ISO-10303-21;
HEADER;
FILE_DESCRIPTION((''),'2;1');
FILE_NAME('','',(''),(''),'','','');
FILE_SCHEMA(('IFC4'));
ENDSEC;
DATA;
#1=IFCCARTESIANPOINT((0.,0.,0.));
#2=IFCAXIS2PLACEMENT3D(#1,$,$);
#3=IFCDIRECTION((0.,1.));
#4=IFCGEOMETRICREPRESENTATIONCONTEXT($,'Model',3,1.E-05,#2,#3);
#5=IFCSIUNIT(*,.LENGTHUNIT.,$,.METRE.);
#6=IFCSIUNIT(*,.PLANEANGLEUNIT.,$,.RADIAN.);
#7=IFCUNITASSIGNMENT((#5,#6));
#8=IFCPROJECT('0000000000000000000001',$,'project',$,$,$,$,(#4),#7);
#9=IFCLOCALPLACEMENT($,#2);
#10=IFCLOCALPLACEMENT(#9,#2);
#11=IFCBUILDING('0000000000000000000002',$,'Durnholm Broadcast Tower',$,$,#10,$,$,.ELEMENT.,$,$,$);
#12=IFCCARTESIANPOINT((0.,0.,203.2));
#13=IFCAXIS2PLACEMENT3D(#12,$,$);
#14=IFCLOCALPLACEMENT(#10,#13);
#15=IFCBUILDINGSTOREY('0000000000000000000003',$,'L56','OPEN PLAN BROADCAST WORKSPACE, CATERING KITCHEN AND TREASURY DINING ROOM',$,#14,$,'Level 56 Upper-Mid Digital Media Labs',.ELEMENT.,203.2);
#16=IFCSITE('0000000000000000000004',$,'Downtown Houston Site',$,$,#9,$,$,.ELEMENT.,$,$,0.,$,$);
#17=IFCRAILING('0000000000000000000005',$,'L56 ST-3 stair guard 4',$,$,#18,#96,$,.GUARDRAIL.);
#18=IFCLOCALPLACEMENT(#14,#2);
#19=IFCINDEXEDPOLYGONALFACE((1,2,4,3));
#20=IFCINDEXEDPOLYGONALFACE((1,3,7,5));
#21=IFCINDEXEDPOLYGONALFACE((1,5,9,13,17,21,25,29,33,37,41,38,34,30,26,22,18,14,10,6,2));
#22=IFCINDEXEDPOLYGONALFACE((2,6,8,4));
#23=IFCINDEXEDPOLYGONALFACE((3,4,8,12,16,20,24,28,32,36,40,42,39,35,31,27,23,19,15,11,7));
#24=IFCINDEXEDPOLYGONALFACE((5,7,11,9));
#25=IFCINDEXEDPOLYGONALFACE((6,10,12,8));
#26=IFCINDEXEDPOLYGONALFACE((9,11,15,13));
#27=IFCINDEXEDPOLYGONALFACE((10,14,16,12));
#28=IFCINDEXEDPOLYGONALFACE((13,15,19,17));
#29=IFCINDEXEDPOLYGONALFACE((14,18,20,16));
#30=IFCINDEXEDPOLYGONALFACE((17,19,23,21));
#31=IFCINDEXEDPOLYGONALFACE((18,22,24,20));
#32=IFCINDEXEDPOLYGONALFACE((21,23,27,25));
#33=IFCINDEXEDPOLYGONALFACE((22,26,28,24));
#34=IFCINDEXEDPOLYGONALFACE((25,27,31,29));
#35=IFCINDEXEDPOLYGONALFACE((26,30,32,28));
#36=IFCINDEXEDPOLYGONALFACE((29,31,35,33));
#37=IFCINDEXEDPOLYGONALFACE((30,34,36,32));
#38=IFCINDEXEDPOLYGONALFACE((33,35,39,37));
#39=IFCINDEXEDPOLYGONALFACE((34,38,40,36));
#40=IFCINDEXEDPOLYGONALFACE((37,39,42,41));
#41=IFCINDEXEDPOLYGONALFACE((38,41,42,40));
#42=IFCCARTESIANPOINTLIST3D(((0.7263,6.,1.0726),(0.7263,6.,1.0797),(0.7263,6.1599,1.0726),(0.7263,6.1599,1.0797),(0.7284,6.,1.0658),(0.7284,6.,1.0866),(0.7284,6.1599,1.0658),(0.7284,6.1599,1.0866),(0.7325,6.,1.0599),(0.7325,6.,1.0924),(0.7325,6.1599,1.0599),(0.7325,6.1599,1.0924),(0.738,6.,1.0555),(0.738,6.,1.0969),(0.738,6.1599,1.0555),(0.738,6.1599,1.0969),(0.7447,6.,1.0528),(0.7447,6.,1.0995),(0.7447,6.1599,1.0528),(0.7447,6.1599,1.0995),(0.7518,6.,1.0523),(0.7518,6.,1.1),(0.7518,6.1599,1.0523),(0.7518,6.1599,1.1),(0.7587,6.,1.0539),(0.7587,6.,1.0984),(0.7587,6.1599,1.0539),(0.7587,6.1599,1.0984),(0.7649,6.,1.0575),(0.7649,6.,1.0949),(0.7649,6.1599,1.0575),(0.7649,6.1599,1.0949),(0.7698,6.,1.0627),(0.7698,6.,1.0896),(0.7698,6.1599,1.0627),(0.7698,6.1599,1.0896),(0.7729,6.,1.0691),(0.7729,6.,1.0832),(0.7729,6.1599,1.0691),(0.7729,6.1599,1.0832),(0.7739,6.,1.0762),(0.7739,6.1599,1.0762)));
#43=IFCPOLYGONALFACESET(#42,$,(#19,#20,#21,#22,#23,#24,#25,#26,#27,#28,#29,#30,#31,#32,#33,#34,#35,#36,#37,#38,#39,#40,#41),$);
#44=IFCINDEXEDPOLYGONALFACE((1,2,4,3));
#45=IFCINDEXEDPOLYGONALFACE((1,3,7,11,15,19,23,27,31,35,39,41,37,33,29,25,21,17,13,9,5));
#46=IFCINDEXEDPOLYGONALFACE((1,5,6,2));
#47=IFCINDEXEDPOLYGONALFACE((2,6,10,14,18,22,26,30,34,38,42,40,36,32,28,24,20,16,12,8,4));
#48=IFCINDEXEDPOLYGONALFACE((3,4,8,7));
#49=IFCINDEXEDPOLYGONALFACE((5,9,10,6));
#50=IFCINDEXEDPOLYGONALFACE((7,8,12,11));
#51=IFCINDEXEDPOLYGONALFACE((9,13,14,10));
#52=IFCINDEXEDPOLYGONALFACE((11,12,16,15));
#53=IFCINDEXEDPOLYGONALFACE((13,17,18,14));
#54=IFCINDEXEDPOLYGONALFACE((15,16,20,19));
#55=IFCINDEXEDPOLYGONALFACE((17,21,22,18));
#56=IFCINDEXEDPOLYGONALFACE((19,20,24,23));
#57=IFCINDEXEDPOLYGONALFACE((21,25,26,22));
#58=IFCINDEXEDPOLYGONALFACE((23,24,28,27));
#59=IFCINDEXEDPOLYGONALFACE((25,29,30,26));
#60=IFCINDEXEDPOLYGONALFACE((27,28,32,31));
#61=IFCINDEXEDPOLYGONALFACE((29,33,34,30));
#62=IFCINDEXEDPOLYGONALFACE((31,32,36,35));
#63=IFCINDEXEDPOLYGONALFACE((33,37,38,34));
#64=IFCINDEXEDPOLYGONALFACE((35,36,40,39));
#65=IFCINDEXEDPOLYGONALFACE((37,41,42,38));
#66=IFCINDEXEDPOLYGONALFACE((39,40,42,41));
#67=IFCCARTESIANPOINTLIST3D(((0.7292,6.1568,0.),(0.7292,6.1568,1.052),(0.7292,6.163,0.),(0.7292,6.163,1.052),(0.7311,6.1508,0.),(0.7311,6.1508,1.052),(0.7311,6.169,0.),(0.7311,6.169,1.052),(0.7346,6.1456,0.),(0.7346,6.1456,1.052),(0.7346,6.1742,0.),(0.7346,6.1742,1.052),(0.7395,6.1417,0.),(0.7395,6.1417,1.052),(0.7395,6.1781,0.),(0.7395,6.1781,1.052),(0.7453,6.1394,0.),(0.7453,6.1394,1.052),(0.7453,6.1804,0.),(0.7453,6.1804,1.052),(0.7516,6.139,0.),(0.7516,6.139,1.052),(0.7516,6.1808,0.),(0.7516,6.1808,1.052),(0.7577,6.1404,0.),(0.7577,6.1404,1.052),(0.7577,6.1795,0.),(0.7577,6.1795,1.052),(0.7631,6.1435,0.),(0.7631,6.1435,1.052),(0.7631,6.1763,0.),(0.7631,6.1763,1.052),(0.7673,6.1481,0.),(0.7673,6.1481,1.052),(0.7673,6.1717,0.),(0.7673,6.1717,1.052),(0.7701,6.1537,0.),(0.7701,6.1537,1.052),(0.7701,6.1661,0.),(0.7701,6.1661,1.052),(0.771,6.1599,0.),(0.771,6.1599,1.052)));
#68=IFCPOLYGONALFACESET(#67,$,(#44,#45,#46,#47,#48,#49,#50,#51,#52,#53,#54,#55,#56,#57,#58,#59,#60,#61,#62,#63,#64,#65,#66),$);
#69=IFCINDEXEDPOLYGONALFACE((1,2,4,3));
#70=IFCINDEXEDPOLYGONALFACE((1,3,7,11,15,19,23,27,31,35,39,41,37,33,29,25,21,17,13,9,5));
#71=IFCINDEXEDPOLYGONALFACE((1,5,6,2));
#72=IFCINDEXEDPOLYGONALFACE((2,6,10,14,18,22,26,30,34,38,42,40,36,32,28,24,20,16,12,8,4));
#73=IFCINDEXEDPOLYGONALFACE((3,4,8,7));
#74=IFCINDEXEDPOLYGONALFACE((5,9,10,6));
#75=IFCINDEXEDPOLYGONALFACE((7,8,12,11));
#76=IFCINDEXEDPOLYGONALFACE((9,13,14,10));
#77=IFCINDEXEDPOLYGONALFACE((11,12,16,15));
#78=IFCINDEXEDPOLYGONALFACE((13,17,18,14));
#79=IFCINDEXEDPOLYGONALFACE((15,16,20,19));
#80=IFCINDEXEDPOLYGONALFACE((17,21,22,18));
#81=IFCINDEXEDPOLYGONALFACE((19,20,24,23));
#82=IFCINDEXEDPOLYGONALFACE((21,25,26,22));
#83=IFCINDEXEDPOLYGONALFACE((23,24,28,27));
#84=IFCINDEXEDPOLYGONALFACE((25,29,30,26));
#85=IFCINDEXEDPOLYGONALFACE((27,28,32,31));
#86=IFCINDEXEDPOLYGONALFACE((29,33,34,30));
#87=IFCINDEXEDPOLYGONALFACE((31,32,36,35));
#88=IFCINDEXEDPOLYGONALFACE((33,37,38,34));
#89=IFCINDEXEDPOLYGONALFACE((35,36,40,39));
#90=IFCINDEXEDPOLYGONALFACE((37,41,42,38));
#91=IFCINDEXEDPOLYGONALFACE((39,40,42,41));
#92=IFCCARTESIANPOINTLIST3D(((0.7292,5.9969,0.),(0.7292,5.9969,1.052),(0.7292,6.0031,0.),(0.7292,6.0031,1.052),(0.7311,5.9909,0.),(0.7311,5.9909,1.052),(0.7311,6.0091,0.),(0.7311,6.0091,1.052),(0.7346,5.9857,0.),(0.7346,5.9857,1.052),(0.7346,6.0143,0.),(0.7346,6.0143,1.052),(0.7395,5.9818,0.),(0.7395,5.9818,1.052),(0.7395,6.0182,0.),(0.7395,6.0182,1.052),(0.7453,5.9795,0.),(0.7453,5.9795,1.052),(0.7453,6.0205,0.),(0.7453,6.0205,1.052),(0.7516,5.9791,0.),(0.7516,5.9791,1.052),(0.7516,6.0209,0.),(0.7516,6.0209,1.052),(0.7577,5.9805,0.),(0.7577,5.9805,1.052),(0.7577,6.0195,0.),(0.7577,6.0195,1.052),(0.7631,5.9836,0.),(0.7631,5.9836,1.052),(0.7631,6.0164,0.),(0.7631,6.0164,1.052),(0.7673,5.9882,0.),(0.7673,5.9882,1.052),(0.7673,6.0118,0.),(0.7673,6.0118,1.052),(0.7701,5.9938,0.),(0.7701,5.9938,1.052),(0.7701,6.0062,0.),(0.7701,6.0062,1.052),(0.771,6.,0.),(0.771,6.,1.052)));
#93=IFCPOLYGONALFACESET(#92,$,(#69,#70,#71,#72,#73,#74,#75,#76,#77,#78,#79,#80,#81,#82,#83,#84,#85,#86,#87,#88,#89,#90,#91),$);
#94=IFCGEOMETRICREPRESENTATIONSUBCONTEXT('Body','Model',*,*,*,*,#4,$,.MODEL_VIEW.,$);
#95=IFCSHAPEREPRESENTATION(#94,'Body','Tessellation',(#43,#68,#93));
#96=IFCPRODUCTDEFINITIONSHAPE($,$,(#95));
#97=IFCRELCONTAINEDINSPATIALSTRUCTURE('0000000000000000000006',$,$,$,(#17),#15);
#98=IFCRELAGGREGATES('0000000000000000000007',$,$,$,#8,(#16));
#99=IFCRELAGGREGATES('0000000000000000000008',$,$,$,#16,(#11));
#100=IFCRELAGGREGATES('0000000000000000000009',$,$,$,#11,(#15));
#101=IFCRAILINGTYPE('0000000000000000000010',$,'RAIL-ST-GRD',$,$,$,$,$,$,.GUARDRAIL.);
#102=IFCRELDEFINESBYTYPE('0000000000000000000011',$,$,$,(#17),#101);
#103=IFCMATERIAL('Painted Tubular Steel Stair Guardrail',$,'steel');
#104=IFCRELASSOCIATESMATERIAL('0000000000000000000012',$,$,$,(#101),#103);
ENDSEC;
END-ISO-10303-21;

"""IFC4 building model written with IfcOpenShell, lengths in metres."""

from ifc_helpers import new_model, si_unit, direction, frame, origin, origin_2d, place, context, subcontext, project, spatial, circle, extrude, material, type_object, element, save


model = new_model("IFC4")

# Units and contexts
model_context = context("Model", 3, precision=1e-05, world=origin(), true_north=direction((0.0, 1.0)))
body_context = subcontext(model_context, "Body", "Model", "MODEL_VIEW")
ifc_project = project(units=[si_unit("LENGTHUNIT", "METRE"), si_unit("PLANEANGLEUNIT", "RADIAN")], contexts=[model_context])

# Site, building, storey
site_placement = place(None, origin())
site = spatial("IfcSite", under=ifc_project, at=site_placement, Name="Downtown Houston Site", CompositionType="ELEMENT", RefElevation=0.0)
building_placement = place(site_placement, origin())
building = spatial("IfcBuilding", under=site, at=building_placement, Name="Durnholm Broadcast Tower", CompositionType="ELEMENT")
storey_placement = place(building_placement, frame((0.0, 0.0, 203.2)))
storey = spatial("IfcBuildingStorey", under=building, at=storey_placement, Name="L56", Description="OPEN PLAN BROADCAST WORKSPACE, CATERING KITCHEN AND TREASURY DINING ROOM", LongName="Level 56 Upper-Mid Digital Media Labs", CompositionType="ELEMENT", Elevation=203.2)

# Railing
ifc_material_1 = material(Name="Painted Tubular Steel Stair Guardrail", Category="steel")
railing_type_1 = type_object("IfcRailingType", Name="RAIL-ST-GRD", PredefinedType="GUARDRAIL", material=ifc_material_1)
railing_1_placement = place(storey_placement, frame((0.75, 6.1599, 0.0)))
element("IfcRailing", 1, at=railing_1_placement, inside=storey, type_object=railing_type_1, Name="L56 ST-3 stair guard 4", PredefinedType="GUARDRAIL", context=body_context, shape_type="SweptSolid", body=[
    extrude(circle(Radius=0.0239, at=origin_2d()), frame((0.0, 0.0, 1.0762), z_axis=(0.0, -1.0, 0.0), x_axis=(1.0, 0.0, 0.0)), (0.0, 0.0, 1.0), 0.1599),
    extrude(circle(Radius=0.021, at=origin_2d()), origin(), (0.0, 0.0, 1.0), 1.052),
    extrude(circle(Radius=0.021, at=origin_2d()), frame((0.0, -0.1599, 0.0)), (0.0, 0.0, 1.0), 1.052),
])

save(model, "model.ifc")
